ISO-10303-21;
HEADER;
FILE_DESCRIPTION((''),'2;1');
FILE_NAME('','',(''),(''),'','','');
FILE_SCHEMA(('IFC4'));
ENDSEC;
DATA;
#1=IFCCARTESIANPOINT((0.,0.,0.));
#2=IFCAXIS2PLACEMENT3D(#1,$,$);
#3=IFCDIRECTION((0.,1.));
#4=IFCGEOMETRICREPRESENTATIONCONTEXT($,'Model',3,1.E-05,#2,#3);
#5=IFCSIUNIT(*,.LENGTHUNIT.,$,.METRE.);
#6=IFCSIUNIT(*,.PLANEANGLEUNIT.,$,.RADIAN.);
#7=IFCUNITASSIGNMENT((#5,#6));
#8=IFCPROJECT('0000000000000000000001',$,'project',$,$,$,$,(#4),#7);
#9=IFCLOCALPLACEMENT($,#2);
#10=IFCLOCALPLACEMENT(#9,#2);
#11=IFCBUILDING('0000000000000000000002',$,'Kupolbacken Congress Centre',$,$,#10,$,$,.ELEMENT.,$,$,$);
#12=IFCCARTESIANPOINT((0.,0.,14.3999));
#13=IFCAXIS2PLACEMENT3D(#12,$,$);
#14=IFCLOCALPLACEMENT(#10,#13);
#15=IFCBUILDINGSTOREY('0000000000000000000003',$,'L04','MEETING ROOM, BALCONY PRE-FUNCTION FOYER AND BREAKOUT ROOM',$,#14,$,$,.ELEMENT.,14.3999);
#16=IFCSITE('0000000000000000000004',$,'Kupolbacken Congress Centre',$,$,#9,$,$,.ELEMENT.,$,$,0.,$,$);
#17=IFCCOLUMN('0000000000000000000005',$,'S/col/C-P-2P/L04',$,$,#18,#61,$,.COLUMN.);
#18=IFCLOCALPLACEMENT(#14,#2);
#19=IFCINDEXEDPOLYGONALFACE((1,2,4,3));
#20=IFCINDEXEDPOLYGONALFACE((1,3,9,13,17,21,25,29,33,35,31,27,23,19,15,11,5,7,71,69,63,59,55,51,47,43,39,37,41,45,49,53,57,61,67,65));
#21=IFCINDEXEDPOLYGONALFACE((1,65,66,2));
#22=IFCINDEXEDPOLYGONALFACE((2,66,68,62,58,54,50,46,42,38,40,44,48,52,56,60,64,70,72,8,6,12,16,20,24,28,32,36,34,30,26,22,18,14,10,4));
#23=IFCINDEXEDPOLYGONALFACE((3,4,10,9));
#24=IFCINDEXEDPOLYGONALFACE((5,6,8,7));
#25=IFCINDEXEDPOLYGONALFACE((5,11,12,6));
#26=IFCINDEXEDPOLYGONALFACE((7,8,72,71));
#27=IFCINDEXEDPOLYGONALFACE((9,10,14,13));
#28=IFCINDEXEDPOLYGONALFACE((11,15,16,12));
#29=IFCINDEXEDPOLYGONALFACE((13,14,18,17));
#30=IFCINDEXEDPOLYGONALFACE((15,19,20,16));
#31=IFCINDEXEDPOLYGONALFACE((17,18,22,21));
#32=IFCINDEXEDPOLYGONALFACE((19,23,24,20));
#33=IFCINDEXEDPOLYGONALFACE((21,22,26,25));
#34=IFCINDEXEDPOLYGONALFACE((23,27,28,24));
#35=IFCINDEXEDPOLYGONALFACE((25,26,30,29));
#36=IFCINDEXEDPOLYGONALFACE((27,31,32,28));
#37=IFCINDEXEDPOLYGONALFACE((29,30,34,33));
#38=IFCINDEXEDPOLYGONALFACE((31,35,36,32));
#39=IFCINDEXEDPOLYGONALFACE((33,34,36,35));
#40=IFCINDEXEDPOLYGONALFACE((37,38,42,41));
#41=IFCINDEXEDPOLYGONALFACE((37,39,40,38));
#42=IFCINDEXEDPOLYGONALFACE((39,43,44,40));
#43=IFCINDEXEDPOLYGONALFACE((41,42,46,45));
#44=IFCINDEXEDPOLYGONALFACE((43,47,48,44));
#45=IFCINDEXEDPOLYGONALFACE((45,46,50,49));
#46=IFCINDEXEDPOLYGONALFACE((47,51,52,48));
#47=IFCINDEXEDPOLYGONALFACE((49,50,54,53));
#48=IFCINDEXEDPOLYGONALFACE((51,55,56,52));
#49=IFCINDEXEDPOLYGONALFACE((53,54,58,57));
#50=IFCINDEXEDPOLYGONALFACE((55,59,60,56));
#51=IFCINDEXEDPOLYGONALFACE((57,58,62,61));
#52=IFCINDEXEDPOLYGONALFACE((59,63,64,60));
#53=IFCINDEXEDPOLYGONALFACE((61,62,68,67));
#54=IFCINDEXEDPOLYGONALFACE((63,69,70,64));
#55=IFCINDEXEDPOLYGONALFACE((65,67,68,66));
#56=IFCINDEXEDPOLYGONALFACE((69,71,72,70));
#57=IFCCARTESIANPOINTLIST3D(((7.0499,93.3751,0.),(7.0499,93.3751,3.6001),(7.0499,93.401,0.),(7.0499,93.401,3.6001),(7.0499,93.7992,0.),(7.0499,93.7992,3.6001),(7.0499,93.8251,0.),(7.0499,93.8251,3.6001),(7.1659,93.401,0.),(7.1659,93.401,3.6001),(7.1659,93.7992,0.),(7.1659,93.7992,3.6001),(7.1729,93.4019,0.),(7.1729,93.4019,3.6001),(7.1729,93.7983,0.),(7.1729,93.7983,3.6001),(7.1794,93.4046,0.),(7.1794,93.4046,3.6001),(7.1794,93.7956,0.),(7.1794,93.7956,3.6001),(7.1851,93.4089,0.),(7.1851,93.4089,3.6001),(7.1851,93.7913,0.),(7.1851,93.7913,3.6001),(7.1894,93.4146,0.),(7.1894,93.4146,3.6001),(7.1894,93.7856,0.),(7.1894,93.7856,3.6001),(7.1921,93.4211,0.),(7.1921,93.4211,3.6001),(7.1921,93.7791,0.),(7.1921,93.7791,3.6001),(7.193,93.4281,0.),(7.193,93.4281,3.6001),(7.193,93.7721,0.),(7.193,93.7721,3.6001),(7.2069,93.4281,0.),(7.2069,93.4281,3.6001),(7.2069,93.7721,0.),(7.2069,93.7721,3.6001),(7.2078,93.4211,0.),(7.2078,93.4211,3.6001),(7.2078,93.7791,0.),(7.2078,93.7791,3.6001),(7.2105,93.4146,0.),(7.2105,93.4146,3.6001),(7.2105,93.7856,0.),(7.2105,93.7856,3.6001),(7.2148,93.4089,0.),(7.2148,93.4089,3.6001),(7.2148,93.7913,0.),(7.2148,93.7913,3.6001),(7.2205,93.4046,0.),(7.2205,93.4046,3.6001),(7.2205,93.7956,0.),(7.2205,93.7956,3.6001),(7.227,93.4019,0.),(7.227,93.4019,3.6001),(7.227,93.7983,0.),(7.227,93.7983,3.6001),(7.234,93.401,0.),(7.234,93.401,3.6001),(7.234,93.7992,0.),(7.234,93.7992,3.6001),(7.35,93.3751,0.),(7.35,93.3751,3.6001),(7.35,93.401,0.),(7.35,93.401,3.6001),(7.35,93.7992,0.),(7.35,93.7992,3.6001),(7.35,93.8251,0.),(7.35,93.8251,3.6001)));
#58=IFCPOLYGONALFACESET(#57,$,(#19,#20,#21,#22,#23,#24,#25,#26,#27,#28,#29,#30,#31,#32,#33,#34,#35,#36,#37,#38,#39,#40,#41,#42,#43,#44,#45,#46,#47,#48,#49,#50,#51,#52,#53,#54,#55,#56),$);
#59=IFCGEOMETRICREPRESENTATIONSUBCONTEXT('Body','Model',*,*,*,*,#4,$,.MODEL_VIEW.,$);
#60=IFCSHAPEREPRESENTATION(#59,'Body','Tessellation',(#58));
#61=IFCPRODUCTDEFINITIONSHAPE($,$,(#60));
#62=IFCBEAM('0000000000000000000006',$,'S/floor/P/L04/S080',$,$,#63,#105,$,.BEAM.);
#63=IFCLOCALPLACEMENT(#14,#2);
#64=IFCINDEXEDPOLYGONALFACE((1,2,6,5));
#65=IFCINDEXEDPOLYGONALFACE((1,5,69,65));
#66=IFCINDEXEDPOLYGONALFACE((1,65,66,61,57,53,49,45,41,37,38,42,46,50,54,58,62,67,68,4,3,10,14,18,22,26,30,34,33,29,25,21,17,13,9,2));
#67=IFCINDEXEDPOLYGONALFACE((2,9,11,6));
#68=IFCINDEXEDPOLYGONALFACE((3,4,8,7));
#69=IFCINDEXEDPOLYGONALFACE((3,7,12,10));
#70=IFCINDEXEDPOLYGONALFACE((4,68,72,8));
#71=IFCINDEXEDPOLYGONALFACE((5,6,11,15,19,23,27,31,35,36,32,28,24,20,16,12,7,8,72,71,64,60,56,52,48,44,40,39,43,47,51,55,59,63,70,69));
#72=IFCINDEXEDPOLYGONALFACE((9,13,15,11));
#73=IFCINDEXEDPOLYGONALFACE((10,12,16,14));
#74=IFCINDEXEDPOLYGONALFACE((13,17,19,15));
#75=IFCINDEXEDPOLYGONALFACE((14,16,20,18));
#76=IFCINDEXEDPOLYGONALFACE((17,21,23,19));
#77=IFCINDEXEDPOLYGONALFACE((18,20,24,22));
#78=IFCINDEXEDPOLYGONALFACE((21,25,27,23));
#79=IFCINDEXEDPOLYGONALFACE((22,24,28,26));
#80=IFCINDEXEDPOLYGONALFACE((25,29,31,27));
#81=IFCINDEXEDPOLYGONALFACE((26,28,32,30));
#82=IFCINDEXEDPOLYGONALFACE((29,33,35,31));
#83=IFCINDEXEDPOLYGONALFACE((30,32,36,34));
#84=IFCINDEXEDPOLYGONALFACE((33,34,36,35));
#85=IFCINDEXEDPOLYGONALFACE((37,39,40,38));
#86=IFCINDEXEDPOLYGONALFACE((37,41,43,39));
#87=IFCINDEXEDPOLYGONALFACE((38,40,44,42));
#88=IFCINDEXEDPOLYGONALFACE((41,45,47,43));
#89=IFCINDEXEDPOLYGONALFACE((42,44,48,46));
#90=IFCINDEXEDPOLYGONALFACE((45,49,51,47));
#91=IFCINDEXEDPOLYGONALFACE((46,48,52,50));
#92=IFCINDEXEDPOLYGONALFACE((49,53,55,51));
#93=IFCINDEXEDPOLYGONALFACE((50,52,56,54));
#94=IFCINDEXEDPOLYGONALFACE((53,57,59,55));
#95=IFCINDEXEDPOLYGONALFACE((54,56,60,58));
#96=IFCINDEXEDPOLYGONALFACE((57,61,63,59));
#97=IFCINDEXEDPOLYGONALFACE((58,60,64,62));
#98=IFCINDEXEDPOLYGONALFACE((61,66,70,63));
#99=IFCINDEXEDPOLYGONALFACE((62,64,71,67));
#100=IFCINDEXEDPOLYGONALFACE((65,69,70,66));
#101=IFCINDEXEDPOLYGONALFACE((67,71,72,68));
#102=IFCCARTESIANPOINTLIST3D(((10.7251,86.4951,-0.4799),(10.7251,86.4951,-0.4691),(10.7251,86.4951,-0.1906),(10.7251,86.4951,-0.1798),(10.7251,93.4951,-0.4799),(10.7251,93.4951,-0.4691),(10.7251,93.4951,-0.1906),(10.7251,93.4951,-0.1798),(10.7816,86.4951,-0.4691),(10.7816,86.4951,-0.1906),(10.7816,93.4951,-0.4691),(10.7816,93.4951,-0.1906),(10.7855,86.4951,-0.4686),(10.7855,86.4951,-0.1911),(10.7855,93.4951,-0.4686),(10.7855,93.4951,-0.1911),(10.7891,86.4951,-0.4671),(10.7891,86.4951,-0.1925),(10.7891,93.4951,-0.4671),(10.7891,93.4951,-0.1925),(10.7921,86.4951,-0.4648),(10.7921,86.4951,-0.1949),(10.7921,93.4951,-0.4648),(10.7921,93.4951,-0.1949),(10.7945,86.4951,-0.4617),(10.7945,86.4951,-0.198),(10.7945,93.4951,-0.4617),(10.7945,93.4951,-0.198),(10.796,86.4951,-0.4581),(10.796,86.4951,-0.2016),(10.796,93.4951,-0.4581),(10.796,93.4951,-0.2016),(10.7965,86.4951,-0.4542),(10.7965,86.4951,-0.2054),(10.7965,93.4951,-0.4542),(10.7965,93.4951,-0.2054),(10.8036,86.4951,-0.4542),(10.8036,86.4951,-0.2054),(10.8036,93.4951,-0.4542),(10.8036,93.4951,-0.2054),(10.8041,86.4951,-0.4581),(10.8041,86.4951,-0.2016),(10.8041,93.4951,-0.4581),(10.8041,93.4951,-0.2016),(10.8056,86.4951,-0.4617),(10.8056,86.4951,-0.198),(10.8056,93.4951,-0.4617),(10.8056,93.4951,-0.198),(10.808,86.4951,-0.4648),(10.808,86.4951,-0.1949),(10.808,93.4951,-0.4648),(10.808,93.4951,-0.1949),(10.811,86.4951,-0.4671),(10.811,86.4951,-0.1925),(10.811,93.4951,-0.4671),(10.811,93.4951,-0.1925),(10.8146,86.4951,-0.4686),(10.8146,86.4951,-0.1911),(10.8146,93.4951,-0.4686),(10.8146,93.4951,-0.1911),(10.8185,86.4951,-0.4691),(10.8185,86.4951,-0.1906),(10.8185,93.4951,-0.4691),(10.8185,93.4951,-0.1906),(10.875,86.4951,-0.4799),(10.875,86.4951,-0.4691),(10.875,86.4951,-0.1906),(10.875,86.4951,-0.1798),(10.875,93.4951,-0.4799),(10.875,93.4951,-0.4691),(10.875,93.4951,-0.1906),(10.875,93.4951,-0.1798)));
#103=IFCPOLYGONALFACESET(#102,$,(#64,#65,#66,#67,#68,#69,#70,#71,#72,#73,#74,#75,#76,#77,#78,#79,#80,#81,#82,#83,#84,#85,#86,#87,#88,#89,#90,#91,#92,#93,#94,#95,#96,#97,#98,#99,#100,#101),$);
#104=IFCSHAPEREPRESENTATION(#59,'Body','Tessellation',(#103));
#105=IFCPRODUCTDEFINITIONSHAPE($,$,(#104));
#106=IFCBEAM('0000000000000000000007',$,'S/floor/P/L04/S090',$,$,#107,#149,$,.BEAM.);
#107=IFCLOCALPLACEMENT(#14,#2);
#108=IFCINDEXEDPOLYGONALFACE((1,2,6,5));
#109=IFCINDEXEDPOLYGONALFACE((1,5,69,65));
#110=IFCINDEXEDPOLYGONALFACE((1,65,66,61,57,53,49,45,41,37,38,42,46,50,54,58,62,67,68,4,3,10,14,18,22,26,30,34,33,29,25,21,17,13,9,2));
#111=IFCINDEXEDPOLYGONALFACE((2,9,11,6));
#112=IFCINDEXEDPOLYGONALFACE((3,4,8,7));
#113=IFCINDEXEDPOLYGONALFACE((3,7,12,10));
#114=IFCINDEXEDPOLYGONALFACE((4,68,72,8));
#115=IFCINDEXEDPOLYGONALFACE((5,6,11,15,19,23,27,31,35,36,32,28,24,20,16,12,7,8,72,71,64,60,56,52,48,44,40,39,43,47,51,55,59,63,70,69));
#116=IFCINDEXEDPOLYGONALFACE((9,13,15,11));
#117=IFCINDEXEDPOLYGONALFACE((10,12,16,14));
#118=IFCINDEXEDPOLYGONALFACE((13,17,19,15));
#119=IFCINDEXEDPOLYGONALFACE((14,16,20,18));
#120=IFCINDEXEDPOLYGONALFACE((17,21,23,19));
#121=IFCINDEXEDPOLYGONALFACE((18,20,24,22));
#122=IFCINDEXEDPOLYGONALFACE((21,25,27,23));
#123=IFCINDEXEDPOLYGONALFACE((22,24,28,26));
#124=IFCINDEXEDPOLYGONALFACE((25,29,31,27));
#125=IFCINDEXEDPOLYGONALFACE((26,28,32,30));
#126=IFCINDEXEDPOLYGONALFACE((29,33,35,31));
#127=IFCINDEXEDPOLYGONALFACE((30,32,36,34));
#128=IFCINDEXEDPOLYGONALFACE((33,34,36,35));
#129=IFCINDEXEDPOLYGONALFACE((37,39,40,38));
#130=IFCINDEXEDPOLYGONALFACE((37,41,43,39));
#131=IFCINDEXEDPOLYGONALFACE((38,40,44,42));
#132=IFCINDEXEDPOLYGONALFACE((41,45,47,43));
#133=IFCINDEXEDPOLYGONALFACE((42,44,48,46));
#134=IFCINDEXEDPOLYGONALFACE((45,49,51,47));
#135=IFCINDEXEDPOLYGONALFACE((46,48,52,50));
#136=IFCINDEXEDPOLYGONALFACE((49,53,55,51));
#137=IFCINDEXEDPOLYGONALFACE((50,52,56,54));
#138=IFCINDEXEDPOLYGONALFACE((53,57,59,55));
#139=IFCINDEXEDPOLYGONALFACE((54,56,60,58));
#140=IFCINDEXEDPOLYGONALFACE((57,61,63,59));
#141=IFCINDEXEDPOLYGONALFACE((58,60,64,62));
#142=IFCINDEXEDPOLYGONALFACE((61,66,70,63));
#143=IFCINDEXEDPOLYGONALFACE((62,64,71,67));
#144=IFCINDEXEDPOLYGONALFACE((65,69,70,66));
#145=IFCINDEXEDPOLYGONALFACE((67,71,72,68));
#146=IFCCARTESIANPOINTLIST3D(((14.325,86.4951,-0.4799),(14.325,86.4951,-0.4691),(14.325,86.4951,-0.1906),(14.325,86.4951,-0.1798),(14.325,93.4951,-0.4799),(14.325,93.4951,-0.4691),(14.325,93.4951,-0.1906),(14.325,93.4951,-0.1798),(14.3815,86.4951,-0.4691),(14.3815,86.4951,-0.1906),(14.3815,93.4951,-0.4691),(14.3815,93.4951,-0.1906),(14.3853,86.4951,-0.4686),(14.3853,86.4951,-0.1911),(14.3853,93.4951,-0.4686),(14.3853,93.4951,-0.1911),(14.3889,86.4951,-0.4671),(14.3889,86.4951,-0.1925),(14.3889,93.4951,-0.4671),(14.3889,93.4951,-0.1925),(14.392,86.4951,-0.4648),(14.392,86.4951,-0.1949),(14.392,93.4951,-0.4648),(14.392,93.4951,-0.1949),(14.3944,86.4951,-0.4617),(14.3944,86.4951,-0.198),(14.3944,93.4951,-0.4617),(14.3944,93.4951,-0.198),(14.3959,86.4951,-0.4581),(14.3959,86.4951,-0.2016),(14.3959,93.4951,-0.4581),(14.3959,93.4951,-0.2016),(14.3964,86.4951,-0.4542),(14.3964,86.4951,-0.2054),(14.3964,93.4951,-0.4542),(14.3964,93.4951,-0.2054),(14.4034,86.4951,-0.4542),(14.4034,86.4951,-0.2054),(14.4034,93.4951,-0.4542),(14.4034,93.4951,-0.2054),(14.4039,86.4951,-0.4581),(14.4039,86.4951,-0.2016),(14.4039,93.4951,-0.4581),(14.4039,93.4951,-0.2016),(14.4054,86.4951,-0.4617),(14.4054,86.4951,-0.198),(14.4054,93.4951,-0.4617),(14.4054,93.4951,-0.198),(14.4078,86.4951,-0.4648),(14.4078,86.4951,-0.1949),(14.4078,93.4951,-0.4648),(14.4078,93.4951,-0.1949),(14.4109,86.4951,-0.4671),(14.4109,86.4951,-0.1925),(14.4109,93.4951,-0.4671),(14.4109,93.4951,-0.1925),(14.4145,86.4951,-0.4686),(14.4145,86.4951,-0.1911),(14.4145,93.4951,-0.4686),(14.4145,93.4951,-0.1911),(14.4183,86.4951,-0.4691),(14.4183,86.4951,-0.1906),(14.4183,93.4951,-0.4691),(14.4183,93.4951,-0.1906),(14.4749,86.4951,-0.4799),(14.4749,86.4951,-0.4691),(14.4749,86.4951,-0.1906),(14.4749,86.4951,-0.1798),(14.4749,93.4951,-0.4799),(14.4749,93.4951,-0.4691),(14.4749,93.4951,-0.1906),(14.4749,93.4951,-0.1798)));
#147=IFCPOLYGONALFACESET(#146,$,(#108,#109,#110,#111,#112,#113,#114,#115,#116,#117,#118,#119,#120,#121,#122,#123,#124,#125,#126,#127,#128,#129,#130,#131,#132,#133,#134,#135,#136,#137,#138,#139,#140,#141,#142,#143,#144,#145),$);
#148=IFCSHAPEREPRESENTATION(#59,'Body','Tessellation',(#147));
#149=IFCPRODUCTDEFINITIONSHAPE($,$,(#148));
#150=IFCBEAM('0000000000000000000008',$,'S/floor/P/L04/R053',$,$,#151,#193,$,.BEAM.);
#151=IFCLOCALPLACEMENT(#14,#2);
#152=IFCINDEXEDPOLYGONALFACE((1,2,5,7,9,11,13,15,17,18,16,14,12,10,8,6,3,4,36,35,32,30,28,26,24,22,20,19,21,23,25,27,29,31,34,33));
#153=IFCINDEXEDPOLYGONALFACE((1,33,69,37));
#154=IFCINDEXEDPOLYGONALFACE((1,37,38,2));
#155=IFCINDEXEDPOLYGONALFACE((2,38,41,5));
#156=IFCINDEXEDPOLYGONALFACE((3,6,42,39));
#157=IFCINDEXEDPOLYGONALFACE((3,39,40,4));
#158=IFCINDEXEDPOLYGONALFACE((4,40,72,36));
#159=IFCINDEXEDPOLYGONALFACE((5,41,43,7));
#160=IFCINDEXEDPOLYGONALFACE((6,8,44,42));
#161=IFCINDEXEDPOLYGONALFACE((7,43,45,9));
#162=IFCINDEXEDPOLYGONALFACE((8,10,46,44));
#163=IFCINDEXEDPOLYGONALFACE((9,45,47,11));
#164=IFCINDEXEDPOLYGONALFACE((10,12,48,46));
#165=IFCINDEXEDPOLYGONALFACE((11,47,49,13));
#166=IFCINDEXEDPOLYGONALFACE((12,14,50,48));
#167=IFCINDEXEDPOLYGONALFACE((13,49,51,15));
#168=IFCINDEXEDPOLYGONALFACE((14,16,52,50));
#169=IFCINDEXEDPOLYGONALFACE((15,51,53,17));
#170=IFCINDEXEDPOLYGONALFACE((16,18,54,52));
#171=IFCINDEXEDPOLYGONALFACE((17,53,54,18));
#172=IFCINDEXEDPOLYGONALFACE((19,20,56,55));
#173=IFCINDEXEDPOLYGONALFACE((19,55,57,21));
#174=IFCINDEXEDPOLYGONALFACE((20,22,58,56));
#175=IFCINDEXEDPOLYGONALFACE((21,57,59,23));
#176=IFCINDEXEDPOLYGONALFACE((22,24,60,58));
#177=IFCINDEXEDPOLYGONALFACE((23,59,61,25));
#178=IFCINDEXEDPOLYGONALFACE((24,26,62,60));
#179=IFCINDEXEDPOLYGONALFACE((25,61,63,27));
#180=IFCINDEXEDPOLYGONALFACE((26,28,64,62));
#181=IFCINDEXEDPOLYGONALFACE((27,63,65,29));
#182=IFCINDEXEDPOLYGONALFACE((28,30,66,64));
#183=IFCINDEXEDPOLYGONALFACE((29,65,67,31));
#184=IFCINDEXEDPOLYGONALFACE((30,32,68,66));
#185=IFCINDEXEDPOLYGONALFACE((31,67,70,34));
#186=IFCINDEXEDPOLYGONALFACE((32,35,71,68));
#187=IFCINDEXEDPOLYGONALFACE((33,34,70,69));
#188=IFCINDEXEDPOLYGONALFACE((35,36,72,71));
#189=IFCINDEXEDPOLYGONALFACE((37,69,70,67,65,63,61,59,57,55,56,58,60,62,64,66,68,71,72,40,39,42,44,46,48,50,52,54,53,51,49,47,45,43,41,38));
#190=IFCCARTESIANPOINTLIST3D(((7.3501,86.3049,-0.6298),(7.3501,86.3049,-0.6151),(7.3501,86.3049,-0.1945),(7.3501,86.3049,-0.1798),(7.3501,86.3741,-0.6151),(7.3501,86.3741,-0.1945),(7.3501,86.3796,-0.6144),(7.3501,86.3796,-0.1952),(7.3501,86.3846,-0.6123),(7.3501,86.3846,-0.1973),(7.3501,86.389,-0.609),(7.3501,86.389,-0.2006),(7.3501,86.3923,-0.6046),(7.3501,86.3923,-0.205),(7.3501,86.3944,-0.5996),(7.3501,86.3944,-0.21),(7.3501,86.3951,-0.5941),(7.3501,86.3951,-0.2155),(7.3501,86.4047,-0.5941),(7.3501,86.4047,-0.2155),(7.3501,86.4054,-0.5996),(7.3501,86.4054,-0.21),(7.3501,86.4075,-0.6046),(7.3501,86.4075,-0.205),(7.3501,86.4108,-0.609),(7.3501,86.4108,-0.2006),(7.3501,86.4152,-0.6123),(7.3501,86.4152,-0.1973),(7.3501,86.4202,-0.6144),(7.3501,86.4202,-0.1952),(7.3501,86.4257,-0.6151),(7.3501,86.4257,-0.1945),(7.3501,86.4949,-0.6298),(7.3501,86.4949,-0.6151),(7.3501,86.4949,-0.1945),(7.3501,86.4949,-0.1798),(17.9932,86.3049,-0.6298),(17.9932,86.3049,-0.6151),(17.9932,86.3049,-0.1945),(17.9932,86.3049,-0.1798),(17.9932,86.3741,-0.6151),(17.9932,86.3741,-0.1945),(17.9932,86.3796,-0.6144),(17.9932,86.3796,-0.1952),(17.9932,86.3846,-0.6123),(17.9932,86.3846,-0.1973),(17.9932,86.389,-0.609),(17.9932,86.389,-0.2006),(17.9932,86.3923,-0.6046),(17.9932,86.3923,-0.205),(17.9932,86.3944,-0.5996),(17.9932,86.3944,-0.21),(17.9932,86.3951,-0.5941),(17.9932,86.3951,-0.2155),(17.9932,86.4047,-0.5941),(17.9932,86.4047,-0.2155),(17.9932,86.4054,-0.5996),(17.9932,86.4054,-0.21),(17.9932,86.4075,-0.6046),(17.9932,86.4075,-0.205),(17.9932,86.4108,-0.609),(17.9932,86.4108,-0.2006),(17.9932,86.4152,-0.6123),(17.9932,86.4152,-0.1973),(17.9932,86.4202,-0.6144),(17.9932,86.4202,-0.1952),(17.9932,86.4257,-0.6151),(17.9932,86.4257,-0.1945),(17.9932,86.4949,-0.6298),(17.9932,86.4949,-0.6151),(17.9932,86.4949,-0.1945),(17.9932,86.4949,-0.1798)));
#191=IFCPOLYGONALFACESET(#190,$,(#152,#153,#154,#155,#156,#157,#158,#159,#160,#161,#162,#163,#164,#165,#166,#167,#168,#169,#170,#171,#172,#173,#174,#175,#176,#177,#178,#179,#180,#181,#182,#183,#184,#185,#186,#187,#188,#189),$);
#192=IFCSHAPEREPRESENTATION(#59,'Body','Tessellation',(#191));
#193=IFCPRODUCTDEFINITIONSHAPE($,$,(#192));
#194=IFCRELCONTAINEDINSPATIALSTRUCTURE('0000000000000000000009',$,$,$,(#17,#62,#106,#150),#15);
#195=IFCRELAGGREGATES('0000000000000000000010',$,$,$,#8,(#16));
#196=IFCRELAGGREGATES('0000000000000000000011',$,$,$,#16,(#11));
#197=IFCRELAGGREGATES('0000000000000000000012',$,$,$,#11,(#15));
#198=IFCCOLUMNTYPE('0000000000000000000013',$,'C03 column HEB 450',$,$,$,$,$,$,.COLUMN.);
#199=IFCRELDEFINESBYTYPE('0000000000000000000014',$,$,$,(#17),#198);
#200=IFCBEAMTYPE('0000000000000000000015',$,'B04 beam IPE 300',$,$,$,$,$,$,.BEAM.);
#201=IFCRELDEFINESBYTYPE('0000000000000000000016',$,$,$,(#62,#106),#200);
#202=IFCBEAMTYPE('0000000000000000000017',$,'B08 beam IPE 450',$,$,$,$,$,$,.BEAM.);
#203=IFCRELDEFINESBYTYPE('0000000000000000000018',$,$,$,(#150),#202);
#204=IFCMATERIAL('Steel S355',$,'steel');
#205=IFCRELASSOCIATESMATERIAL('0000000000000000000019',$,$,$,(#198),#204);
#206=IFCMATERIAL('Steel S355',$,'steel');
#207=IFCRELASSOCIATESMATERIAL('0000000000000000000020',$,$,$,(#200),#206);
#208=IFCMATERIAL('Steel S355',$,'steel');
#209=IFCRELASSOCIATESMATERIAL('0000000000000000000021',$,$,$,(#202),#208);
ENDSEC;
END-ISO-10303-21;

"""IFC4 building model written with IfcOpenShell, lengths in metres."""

from ifc_helpers import new_model, si_unit, direction, frame, origin, origin_2d, place, context, subcontext, project, spatial, i_section, extrude, material, material_profile, profile_set, type_object, element, save


model = new_model("IFC4")

# Units and contexts
model_context = context("Model", 3, precision=1e-05, world=origin(), true_north=direction((0.0, 1.0)))
body_context = subcontext(model_context, "Body", "Model", "MODEL_VIEW")
ifc_project = project(units=[si_unit("LENGTHUNIT", "METRE"), si_unit("PLANEANGLEUNIT", "RADIAN")], contexts=[model_context])

# Site, building, storey
site_placement = place(None, origin())
site = spatial("IfcSite", under=ifc_project, at=site_placement, Name="Kupolbacken Congress Centre", CompositionType="ELEMENT", RefElevation=0.0)
building_placement = place(site_placement, origin())
building = spatial("IfcBuilding", under=site, at=building_placement, Name="Kupolbacken Congress Centre", CompositionType="ELEMENT")
storey_placement = place(building_placement, frame((0.0, 0.0, 14.3999)))
storey = spatial("IfcBuildingStorey", under=building, at=storey_placement, Name="L04", Description="MEETING ROOM, BALCONY PRE-FUNCTION FOYER AND BREAKOUT ROOM", CompositionType="ELEMENT", Elevation=14.3999)

# Column
ifc_material_1 = material(Name="Steel S355", Category="steel")
ifc_material_profile_1 = material_profile(ifc_material_1, i_section(OverallWidth=0.3, OverallDepth=0.45, WebThickness=0.0139, FlangeThickness=0.0259, FilletRadius=0.0271, at=origin_2d()), Name="HEB 450")
ifc_profile_set_1 = profile_set([ifc_material_profile_1], Name="Steel S355")
column_type = type_object("IfcColumnType", Name="C03 column HEB 450", PredefinedType="COLUMN", material=ifc_profile_set_1)
column_placement = place(storey_placement, frame((7.2, 93.6001, 0.0), z_axis=(0.0, 0.0, 1.0), x_axis=(1.0, 0.0, 0.0)))
element("IfcColumn", 1, at=column_placement, inside=storey, type_object=column_type, Name="S/col/C-P-2P/L04", PredefinedType="COLUMN", context=body_context, shape_type="SweptSolid", body=[
    extrude(i_section(OverallWidth=0.3, OverallDepth=0.45, WebThickness=0.0139, FlangeThickness=0.0259, FilletRadius=0.0271, at=origin_2d()), origin(), (0.0, 0.0, 1.0), 3.6001),
])

# Beams
ifc_material_2 = material(Name="Steel S355", Category="steel")
ifc_material_profile_2 = material_profile(ifc_material_2, i_section(OverallWidth=0.1499, OverallDepth=0.3, WebThickness=0.0071, FlangeThickness=0.0107, FilletRadius=0.0149, at=origin_2d()), Name="IPE 300")
ifc_profile_set_2 = profile_set([ifc_material_profile_2], Name="Steel S355")
beam_type_1 = type_object("IfcBeamType", Name="B04 beam IPE 300", PredefinedType="BEAM", material=ifc_profile_set_2)
for number, where, z_axis, x_axis, name in (
    (2, (10.8, 86.4951, -0.3298), (0.0, 1.0, 0.0), (-1.0, 0.0, 0.0), "S/floor/P/L04/S080"),
    (3, (14.3999, 86.4951, -0.3298), (0.0, 1.0, 0.0), (-1.0, 0.0, 0.0), "S/floor/P/L04/S090"),
):
    element("IfcBeam", number, at=place(storey_placement, frame(where, z_axis=z_axis, x_axis=x_axis)), inside=storey, type_object=beam_type_1, Name=name, PredefinedType="BEAM", context=body_context, shape_type="SweptSolid", body=[
        extrude(i_section(OverallWidth=0.1499, OverallDepth=0.3, WebThickness=0.0071, FlangeThickness=0.0107, FilletRadius=0.0149, at=origin_2d()), origin(), (0.0, 0.0, 1.0), 7.0),
    ])
ifc_material_3 = material(Name="Steel S355", Category="steel")
ifc_material_profile_3 = material_profile(ifc_material_3, i_section(OverallWidth=0.1899, OverallDepth=0.45, WebThickness=0.0095, FlangeThickness=0.0146, FilletRadius=0.021, at=origin_2d()), Name="IPE 450")
ifc_profile_set_3 = profile_set([ifc_material_profile_3], Name="Steel S355")
beam_type_2 = type_object("IfcBeamType", Name="B08 beam IPE 450", PredefinedType="BEAM", material=ifc_profile_set_3)
beam_1_placement = place(storey_placement, frame((7.3501, 86.3999, -0.4048), z_axis=(1.0, 0.0, 0.0), x_axis=(0.0, 1.0, 0.0)))
element("IfcBeam", 4, at=beam_1_placement, inside=storey, type_object=beam_type_2, Name="S/floor/P/L04/R053", PredefinedType="BEAM", context=body_context, shape_type="SweptSolid", body=[
    extrude(i_section(OverallWidth=0.1899, OverallDepth=0.45, WebThickness=0.0095, FlangeThickness=0.0146, FilletRadius=0.021, at=origin_2d()), origin(), (0.0, 0.0, 1.0), 10.6431),
])

save(model, "model.ifc")
